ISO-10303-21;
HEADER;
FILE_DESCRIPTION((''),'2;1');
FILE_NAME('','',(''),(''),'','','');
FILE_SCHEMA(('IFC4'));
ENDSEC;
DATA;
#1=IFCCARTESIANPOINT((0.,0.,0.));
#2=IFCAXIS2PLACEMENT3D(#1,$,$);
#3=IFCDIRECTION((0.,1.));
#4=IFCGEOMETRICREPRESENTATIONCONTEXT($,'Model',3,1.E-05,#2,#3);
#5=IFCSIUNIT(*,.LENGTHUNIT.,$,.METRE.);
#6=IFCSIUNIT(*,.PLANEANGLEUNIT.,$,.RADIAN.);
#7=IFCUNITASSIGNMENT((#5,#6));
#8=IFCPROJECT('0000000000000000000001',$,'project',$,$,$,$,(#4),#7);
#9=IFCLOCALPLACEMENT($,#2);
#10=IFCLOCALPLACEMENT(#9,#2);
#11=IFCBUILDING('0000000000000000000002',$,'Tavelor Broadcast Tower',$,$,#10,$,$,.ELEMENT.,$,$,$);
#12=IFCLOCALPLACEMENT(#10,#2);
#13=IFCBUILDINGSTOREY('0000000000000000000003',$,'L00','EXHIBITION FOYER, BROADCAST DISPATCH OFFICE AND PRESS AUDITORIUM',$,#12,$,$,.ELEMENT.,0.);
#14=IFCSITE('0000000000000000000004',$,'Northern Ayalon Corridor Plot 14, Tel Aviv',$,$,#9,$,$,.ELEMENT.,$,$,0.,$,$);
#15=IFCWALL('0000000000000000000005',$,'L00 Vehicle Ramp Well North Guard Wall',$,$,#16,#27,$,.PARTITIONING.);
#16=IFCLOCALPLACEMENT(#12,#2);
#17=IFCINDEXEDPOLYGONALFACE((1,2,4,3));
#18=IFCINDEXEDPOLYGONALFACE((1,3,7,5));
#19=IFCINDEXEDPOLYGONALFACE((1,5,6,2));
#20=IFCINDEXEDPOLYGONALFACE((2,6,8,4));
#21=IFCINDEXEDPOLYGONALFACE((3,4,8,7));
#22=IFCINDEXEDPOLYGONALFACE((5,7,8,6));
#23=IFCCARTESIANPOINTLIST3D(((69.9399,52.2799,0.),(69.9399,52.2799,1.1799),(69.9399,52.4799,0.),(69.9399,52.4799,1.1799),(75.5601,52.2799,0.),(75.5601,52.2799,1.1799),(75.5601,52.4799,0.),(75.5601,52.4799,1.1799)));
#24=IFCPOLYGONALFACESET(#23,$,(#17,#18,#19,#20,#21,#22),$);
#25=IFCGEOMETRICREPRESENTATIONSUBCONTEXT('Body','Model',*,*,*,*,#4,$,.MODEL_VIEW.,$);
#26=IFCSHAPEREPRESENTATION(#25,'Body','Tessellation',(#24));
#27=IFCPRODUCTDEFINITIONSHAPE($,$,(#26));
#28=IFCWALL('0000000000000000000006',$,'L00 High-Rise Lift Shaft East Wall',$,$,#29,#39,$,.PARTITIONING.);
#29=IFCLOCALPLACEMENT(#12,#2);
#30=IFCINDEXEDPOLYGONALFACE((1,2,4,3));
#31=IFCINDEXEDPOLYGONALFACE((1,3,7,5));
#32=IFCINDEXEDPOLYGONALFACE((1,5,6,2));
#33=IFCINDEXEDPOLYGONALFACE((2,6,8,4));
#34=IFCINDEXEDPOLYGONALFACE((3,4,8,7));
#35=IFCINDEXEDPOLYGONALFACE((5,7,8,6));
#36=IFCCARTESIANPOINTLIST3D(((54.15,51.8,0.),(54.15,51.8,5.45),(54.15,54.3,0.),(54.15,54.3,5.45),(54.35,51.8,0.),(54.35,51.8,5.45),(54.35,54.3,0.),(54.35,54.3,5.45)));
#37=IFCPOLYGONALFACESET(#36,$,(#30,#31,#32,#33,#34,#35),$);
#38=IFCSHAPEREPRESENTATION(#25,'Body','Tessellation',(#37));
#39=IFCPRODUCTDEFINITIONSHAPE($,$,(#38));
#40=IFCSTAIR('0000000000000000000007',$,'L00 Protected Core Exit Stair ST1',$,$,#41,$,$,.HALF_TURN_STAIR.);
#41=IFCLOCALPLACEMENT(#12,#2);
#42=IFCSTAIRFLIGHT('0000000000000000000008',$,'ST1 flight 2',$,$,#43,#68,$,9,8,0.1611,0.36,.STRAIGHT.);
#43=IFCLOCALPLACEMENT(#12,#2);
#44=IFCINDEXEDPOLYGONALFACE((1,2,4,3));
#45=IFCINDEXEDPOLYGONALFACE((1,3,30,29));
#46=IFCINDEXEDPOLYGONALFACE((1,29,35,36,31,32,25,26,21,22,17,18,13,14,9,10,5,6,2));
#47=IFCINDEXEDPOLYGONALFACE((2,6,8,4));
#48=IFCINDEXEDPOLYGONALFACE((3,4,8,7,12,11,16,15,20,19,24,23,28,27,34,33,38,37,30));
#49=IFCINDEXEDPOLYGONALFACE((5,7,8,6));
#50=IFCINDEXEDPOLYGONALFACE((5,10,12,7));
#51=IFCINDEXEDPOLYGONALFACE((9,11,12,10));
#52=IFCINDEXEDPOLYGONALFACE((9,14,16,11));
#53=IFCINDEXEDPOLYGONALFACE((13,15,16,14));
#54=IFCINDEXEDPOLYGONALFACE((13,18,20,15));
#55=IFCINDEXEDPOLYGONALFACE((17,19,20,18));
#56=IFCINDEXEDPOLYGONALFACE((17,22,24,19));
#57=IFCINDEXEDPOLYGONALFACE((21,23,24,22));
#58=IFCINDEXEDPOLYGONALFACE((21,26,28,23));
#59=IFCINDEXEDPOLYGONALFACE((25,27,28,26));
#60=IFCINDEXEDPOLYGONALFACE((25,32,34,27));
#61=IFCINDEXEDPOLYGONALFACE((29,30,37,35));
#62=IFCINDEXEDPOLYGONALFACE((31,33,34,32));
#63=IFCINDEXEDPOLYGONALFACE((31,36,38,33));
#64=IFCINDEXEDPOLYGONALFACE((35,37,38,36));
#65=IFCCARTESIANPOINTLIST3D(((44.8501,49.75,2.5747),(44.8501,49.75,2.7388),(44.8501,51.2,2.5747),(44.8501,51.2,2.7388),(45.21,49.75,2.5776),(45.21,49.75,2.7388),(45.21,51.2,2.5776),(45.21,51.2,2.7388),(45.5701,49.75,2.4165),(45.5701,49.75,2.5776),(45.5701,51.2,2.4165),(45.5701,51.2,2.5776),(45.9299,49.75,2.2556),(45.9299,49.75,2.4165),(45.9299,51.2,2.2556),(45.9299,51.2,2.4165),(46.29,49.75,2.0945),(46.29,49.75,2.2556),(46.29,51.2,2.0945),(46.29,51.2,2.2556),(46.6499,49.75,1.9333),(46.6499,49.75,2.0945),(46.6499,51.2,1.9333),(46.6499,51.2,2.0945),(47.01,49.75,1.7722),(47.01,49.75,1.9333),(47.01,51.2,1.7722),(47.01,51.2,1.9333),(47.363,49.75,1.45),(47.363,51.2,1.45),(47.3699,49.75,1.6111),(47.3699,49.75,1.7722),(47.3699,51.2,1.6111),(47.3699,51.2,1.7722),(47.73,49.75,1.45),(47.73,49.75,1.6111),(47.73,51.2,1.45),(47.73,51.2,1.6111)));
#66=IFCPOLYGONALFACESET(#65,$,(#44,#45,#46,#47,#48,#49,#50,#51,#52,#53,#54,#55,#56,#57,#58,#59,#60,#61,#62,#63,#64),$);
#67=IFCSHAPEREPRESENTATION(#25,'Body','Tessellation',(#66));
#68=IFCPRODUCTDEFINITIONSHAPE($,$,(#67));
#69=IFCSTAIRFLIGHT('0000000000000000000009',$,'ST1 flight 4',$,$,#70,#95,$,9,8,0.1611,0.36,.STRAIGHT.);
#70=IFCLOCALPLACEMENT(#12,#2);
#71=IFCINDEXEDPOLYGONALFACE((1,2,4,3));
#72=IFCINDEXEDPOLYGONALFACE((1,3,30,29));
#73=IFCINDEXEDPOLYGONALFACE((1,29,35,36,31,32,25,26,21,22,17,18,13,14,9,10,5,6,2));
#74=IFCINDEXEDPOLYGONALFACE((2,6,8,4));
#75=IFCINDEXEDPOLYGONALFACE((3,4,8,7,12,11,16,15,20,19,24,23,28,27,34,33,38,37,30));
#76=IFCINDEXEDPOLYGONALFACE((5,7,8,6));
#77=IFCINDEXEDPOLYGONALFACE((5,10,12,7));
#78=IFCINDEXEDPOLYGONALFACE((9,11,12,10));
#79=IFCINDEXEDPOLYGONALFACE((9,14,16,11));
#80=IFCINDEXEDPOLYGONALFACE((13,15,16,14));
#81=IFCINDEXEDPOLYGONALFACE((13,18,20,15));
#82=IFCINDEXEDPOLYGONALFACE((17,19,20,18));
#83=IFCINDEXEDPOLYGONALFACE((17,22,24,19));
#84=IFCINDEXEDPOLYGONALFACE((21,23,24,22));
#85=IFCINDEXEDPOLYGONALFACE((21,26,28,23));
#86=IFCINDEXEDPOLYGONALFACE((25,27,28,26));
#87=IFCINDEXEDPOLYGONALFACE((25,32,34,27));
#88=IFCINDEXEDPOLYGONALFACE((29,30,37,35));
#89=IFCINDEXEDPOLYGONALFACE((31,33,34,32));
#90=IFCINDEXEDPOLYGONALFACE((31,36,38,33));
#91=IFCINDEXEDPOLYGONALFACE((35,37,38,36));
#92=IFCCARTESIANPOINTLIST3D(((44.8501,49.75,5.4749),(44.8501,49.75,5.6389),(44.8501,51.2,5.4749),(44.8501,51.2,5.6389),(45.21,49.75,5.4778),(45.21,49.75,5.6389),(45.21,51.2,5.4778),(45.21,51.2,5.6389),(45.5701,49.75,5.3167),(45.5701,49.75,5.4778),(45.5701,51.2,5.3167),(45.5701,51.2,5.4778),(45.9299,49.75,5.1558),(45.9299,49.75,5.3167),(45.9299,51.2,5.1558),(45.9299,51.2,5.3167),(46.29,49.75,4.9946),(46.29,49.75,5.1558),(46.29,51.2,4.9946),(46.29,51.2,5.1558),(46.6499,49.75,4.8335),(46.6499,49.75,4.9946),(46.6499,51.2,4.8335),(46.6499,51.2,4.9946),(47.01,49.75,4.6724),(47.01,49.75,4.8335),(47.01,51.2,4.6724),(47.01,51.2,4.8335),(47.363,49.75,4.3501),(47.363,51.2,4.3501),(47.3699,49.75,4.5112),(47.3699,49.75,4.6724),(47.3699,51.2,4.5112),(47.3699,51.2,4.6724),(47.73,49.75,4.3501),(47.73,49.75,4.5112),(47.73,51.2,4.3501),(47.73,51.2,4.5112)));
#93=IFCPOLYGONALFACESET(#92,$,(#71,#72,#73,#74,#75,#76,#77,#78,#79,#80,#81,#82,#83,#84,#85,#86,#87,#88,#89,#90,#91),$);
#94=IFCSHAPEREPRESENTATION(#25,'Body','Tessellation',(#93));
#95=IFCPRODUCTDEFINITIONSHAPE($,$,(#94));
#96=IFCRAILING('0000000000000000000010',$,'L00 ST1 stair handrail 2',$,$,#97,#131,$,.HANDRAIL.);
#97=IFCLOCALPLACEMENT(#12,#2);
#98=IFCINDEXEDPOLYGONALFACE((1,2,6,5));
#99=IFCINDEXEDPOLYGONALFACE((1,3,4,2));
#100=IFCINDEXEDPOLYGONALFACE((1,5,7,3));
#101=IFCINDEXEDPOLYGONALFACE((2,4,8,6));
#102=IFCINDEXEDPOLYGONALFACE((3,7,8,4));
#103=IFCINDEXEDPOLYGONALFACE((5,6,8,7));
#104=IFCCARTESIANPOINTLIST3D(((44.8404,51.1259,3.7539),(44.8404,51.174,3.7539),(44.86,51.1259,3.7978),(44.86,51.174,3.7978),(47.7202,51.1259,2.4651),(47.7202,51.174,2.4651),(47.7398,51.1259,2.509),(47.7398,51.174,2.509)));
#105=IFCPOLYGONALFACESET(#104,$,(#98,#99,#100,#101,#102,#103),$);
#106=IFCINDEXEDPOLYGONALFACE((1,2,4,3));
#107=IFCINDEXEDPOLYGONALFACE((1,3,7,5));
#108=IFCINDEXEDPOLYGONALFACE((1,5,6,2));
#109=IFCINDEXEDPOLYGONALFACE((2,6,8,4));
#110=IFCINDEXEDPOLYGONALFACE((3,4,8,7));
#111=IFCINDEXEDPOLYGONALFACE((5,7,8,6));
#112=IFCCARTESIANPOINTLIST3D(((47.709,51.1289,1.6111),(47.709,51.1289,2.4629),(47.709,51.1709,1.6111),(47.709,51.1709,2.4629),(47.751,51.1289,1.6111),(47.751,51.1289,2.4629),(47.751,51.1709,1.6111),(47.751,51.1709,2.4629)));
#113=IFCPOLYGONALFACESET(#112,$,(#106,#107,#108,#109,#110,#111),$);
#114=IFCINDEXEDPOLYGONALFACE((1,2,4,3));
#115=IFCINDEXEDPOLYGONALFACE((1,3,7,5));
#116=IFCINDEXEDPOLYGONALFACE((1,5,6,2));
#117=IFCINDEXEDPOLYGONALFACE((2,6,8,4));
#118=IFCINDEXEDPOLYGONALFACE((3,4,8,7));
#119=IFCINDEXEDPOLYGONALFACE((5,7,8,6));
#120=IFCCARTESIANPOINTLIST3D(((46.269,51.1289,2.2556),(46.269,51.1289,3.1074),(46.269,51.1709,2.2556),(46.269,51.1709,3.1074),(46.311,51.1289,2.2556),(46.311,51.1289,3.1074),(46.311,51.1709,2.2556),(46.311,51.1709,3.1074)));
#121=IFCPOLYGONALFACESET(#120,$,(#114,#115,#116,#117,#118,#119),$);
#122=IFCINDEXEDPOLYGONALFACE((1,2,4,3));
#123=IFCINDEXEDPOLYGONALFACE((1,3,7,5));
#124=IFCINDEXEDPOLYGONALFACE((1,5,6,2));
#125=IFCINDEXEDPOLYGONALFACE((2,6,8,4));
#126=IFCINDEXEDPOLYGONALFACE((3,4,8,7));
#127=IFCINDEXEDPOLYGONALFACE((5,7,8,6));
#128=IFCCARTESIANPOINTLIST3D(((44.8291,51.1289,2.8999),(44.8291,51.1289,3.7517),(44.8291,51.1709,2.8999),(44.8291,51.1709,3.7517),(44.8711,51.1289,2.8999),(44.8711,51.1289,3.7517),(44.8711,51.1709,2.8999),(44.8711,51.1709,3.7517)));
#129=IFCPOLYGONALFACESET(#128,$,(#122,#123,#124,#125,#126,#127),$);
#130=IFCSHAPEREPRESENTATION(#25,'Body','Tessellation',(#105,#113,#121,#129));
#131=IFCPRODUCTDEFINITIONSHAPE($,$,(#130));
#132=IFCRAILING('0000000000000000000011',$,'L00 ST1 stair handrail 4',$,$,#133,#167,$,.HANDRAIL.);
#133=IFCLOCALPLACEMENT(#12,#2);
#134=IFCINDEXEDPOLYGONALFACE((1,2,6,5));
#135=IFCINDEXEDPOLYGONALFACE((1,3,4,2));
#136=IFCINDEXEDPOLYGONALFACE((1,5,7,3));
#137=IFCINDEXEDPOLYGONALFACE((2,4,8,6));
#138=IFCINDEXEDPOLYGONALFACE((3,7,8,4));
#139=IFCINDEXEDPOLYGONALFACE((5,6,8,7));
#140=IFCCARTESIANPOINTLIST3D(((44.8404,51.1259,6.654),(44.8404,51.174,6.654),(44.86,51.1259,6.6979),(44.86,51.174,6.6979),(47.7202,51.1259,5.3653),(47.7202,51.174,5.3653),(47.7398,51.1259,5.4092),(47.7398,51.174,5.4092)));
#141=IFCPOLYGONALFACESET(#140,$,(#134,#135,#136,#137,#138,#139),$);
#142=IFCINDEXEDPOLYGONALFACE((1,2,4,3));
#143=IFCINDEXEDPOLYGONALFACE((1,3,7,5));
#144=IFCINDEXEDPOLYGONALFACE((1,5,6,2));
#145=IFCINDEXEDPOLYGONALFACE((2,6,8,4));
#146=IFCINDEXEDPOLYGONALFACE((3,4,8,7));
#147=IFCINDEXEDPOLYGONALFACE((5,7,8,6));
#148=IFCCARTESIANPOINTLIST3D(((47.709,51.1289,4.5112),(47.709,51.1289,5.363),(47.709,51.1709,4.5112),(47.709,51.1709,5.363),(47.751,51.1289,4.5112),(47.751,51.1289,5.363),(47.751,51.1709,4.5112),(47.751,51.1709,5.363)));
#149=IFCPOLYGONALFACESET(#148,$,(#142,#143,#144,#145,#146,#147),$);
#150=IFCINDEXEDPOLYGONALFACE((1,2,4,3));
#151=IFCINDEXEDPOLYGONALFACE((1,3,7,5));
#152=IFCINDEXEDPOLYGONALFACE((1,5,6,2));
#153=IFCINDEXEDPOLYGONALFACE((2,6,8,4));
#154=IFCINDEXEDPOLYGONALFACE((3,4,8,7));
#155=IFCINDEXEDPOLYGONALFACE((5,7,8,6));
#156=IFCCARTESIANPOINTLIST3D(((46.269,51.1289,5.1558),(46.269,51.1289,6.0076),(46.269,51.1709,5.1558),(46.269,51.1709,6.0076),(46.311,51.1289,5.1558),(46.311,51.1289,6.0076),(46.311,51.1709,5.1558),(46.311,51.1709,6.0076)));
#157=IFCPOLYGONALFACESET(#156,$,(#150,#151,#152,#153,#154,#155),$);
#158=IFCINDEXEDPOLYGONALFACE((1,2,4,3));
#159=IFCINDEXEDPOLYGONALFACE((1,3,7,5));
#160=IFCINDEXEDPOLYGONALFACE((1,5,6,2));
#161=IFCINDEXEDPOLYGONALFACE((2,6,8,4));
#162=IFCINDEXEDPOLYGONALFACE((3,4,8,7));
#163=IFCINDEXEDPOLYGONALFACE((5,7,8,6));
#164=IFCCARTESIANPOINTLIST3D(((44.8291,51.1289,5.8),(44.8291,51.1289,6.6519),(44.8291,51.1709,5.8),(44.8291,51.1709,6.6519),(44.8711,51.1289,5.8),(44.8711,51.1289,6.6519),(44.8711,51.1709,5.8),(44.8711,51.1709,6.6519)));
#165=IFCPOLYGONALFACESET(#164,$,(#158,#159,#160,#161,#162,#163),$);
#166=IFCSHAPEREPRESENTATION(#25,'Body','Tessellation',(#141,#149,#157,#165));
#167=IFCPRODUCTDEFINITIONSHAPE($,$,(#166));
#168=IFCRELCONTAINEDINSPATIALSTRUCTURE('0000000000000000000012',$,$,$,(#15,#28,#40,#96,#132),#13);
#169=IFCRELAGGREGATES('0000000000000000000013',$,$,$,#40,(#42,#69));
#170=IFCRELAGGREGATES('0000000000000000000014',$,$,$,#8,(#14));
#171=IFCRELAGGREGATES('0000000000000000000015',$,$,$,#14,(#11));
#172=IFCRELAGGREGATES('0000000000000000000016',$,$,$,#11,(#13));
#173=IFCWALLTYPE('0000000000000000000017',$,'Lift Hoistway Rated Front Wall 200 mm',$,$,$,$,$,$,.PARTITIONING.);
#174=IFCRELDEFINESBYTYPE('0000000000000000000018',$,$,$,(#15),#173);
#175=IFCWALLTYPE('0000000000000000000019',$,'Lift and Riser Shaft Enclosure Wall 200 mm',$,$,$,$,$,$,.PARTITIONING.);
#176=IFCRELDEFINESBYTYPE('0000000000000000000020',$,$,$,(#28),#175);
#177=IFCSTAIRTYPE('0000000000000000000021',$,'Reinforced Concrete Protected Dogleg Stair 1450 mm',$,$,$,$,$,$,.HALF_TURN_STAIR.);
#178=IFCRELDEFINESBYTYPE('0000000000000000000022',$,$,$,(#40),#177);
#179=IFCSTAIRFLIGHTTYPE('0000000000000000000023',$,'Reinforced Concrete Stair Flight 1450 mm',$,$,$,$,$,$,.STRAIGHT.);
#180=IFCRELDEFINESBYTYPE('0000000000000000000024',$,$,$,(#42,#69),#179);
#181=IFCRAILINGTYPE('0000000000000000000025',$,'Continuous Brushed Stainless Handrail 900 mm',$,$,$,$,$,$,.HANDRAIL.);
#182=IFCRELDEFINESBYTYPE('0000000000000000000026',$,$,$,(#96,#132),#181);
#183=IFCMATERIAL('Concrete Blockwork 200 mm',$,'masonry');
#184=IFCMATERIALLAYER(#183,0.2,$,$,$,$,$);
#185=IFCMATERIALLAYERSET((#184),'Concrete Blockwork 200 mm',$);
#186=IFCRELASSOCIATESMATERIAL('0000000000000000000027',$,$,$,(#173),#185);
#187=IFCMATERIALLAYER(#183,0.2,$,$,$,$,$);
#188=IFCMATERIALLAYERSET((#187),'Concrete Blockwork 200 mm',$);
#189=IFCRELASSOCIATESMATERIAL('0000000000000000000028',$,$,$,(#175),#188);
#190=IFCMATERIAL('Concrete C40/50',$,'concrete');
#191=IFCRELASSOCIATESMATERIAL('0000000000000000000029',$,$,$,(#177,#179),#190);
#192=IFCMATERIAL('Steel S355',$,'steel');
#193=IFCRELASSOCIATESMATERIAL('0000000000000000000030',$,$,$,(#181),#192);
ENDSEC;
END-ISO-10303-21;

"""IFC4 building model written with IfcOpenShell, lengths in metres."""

from ifc_helpers import new_model, si_unit, direction, frame, frame_2d, origin, origin_2d, place, context, subcontext, project, spatial, polyline, rectangle, outline, extrude, material, layer, layer_set, type_object, element, aggregate, save


model = new_model("IFC4")

# Units and contexts
model_context = context("Model", 3, precision=1e-05, world=origin(), true_north=direction((0.0, 1.0)))
body_context = subcontext(model_context, "Body", "Model", "MODEL_VIEW")
ifc_project = project(units=[si_unit("LENGTHUNIT", "METRE"), si_unit("PLANEANGLEUNIT", "RADIAN")], contexts=[model_context])

# Site, building, storey
site_placement = place(None, origin())
site = spatial("IfcSite", under=ifc_project, at=site_placement, Name="Northern Ayalon Corridor Plot 14, Tel Aviv", CompositionType="ELEMENT", RefElevation=0.0)
building_placement = place(site_placement, origin())
building = spatial("IfcBuilding", under=site, at=building_placement, Name="Tavelor Broadcast Tower", CompositionType="ELEMENT")
storey_placement = place(building_placement, origin())
storey = spatial("IfcBuildingStorey", under=building, at=storey_placement, Name="L00", Description="EXHIBITION FOYER, BROADCAST DISPATCH OFFICE AND PRESS AUDITORIUM", CompositionType="ELEMENT", Elevation=0.0)

# Shared definitions
ifc_material_1 = material(Name="Steel S355", Category="steel")

# Walls
ifc_material_2 = material(Name="Concrete Blockwork 200 mm", Category="masonry")
ifc_layer_1 = layer(ifc_material_2, 0.2)
ifc_layer_set_1 = layer_set([ifc_layer_1], Name="Concrete Blockwork 200 mm")
wall_type_1 = type_object("IfcWallType", Name="Lift Hoistway Rated Front Wall 200 mm", PredefinedType="PARTITIONING", material=ifc_layer_set_1)
wall_1_placement = place(storey_placement, frame((69.9399, 52.3799, 0.0), z_axis=(0.0, 0.0, 1.0), x_axis=(1.0, 0.0, 0.0)))
element("IfcWall", 1, at=wall_1_placement, inside=storey, type_object=wall_type_1, Name="L00 Vehicle Ramp Well North Guard Wall", PredefinedType="PARTITIONING", context=body_context, shape_type="SweptSolid", body=[
    extrude(rectangle(XDim=5.6201, YDim=0.2, at=frame_2d((2.8101, 0.0))), origin(), (0.0, 0.0, 1.0), 1.1799),
])
ifc_layer_2 = layer(ifc_material_2, 0.2)
ifc_layer_set_2 = layer_set([ifc_layer_2], Name="Concrete Blockwork 200 mm")
wall_type_2 = type_object("IfcWallType", Name="Lift and Riser Shaft Enclosure Wall 200 mm", PredefinedType="PARTITIONING", material=ifc_layer_set_2)
wall_2_placement = place(storey_placement, frame((54.25, 51.8, 0.0), z_axis=(0.0, 0.0, 1.0), x_axis=(0.0, 1.0, 0.0)))
element("IfcWall", 2, at=wall_2_placement, inside=storey, type_object=wall_type_2, Name="L00 High-Rise Lift Shaft East Wall", PredefinedType="PARTITIONING", context=body_context, shape_type="SweptSolid", body=[
    extrude(rectangle(XDim=2.5, YDim=0.2, at=frame_2d((1.25, 0.0))), origin(), (0.0, 0.0, 1.0), 5.45),
])

# Stair, stair flights
ifc_material_3 = material(Name="Concrete C40/50", Category="concrete")
stair_type = type_object("IfcStairType", Name="Reinforced Concrete Protected Dogleg Stair 1450 mm", PredefinedType="HALF_TURN_STAIR", material=ifc_material_3)
stair_placement = place(storey_placement, origin())
stair = element("IfcStair", 3, at=stair_placement, inside=storey, type_object=stair_type, Name="L00 Protected Core Exit Stair ST1", PredefinedType="HALF_TURN_STAIR")
stair_flight_type = type_object("IfcStairFlightType", Name="Reinforced Concrete Stair Flight 1450 mm", PredefinedType="STRAIGHT", material=ifc_material_3)
stair_flight_1_placement = place(storey_placement, frame((47.73, 50.4751, 1.45), z_axis=(0.0, 0.0, 1.0), x_axis=(-1.0, 0.0, 0.0)))
stair_flight_1 = element("IfcStairFlight", 4, at=stair_flight_1_placement, type_object=stair_flight_type, Name="ST1 flight 2", NumberOfRisers=9, NumberOfTreads=8, PredefinedType="STRAIGHT", RiserHeight=0.1611, TreadLength=0.36, context=body_context, shape_type="SweptSolid", body=[
    extrude(outline(polyline([(0.0, 0.0), (0.0, 0.1611), (0.3601, 0.1611), (0.3601, 0.3223), (0.72, 0.3223), (0.72, 0.4834), (1.0801, 0.4834), (1.0801, 0.6445), (1.4399, 0.6445), (1.4399, 0.8057), (1.8, 0.8057), (1.8, 0.9666), (2.1599, 0.9666), (2.1599, 1.1277), (2.52, 1.1277), (2.52, 1.2888), (2.8799, 1.2888), (2.8799, 1.45), (2.8799, 1.1248), (0.3669, 0.0), (0.0, 0.0)])), frame((0.0, 0.7251, 0.0), z_axis=(0.0, -1.0, 0.0), x_axis=(1.0, 0.0, 0.0)), (0.0, 0.0, 1.0), 1.45),
])
stair_flight_2_placement = place(storey_placement, frame((47.73, 50.4751, 4.3501), z_axis=(0.0, 0.0, 1.0), x_axis=(-1.0, 0.0, 0.0)))
stair_flight_2 = element("IfcStairFlight", 5, at=stair_flight_2_placement, type_object=stair_flight_type, Name="ST1 flight 4", NumberOfRisers=9, NumberOfTreads=8, PredefinedType="STRAIGHT", RiserHeight=0.1611, TreadLength=0.36, context=body_context, shape_type="SweptSolid", body=[
    extrude(outline(polyline([(0.0, 0.0), (0.0, 0.1611), (0.3601, 0.1611), (0.3601, 0.3223), (0.72, 0.3223), (0.72, 0.4834), (1.0801, 0.4834), (1.0801, 0.6445), (1.4399, 0.6445), (1.4399, 0.8057), (1.8, 0.8057), (1.8, 0.9666), (2.1599, 0.9666), (2.1599, 1.1277), (2.52, 1.1277), (2.52, 1.2888), (2.8799, 1.2888), (2.8799, 1.45), (2.8799, 1.1248), (0.3669, 0.0), (0.0, 0.0)])), frame((0.0, 0.7251, 0.0), z_axis=(0.0, -1.0, 0.0), x_axis=(1.0, 0.0, 0.0)), (0.0, 0.0, 1.0), 1.45),
])
aggregate(stair, [stair_flight_1, stair_flight_2])

# Railings
railing_type_1 = type_object("IfcRailingType", Name="Continuous Brushed Stainless Handrail 900 mm", PredefinedType="HANDRAIL", material=ifc_material_1)
for number, where, name in (
    (6, (47.73, 51.1499, 1.6111), "L00 ST1 stair handrail 2"),
    (7, (47.73, 51.1499, 4.5112), "L00 ST1 stair handrail 4"),
):
    element("IfcRailing", number, at=place(storey_placement, frame(where)), inside=storey, type_object=railing_type_1, Name=name, PredefinedType="HANDRAIL", context=body_context, shape_type="SweptSolid", body=[
        extrude(rectangle(XDim=0.0481, YDim=0.0481, at=origin_2d()), frame((0.0, 0.0, 0.876), z_axis=(-0.912765, 0.0, 0.408485), x_axis=(0.0, -1.0, 0.0)), (0.0, 0.0, 1.0), 3.155),
        extrude(rectangle(XDim=0.042, YDim=0.042, at=origin_2d()), origin(), (0.0, 0.0, 1.0), 0.8518),
        extrude(rectangle(XDim=0.042, YDim=0.042, at=origin_2d()), frame((-1.4399, 0.0, 0.6445)), (0.0, 0.0, 1.0), 0.8518),
        extrude(rectangle(XDim=0.042, YDim=0.042, at=origin_2d()), frame((-2.8799, 0.0, 1.2888)), (0.0, 0.0, 1.0), 0.8518),
    ])

save(model, "model.ifc")
